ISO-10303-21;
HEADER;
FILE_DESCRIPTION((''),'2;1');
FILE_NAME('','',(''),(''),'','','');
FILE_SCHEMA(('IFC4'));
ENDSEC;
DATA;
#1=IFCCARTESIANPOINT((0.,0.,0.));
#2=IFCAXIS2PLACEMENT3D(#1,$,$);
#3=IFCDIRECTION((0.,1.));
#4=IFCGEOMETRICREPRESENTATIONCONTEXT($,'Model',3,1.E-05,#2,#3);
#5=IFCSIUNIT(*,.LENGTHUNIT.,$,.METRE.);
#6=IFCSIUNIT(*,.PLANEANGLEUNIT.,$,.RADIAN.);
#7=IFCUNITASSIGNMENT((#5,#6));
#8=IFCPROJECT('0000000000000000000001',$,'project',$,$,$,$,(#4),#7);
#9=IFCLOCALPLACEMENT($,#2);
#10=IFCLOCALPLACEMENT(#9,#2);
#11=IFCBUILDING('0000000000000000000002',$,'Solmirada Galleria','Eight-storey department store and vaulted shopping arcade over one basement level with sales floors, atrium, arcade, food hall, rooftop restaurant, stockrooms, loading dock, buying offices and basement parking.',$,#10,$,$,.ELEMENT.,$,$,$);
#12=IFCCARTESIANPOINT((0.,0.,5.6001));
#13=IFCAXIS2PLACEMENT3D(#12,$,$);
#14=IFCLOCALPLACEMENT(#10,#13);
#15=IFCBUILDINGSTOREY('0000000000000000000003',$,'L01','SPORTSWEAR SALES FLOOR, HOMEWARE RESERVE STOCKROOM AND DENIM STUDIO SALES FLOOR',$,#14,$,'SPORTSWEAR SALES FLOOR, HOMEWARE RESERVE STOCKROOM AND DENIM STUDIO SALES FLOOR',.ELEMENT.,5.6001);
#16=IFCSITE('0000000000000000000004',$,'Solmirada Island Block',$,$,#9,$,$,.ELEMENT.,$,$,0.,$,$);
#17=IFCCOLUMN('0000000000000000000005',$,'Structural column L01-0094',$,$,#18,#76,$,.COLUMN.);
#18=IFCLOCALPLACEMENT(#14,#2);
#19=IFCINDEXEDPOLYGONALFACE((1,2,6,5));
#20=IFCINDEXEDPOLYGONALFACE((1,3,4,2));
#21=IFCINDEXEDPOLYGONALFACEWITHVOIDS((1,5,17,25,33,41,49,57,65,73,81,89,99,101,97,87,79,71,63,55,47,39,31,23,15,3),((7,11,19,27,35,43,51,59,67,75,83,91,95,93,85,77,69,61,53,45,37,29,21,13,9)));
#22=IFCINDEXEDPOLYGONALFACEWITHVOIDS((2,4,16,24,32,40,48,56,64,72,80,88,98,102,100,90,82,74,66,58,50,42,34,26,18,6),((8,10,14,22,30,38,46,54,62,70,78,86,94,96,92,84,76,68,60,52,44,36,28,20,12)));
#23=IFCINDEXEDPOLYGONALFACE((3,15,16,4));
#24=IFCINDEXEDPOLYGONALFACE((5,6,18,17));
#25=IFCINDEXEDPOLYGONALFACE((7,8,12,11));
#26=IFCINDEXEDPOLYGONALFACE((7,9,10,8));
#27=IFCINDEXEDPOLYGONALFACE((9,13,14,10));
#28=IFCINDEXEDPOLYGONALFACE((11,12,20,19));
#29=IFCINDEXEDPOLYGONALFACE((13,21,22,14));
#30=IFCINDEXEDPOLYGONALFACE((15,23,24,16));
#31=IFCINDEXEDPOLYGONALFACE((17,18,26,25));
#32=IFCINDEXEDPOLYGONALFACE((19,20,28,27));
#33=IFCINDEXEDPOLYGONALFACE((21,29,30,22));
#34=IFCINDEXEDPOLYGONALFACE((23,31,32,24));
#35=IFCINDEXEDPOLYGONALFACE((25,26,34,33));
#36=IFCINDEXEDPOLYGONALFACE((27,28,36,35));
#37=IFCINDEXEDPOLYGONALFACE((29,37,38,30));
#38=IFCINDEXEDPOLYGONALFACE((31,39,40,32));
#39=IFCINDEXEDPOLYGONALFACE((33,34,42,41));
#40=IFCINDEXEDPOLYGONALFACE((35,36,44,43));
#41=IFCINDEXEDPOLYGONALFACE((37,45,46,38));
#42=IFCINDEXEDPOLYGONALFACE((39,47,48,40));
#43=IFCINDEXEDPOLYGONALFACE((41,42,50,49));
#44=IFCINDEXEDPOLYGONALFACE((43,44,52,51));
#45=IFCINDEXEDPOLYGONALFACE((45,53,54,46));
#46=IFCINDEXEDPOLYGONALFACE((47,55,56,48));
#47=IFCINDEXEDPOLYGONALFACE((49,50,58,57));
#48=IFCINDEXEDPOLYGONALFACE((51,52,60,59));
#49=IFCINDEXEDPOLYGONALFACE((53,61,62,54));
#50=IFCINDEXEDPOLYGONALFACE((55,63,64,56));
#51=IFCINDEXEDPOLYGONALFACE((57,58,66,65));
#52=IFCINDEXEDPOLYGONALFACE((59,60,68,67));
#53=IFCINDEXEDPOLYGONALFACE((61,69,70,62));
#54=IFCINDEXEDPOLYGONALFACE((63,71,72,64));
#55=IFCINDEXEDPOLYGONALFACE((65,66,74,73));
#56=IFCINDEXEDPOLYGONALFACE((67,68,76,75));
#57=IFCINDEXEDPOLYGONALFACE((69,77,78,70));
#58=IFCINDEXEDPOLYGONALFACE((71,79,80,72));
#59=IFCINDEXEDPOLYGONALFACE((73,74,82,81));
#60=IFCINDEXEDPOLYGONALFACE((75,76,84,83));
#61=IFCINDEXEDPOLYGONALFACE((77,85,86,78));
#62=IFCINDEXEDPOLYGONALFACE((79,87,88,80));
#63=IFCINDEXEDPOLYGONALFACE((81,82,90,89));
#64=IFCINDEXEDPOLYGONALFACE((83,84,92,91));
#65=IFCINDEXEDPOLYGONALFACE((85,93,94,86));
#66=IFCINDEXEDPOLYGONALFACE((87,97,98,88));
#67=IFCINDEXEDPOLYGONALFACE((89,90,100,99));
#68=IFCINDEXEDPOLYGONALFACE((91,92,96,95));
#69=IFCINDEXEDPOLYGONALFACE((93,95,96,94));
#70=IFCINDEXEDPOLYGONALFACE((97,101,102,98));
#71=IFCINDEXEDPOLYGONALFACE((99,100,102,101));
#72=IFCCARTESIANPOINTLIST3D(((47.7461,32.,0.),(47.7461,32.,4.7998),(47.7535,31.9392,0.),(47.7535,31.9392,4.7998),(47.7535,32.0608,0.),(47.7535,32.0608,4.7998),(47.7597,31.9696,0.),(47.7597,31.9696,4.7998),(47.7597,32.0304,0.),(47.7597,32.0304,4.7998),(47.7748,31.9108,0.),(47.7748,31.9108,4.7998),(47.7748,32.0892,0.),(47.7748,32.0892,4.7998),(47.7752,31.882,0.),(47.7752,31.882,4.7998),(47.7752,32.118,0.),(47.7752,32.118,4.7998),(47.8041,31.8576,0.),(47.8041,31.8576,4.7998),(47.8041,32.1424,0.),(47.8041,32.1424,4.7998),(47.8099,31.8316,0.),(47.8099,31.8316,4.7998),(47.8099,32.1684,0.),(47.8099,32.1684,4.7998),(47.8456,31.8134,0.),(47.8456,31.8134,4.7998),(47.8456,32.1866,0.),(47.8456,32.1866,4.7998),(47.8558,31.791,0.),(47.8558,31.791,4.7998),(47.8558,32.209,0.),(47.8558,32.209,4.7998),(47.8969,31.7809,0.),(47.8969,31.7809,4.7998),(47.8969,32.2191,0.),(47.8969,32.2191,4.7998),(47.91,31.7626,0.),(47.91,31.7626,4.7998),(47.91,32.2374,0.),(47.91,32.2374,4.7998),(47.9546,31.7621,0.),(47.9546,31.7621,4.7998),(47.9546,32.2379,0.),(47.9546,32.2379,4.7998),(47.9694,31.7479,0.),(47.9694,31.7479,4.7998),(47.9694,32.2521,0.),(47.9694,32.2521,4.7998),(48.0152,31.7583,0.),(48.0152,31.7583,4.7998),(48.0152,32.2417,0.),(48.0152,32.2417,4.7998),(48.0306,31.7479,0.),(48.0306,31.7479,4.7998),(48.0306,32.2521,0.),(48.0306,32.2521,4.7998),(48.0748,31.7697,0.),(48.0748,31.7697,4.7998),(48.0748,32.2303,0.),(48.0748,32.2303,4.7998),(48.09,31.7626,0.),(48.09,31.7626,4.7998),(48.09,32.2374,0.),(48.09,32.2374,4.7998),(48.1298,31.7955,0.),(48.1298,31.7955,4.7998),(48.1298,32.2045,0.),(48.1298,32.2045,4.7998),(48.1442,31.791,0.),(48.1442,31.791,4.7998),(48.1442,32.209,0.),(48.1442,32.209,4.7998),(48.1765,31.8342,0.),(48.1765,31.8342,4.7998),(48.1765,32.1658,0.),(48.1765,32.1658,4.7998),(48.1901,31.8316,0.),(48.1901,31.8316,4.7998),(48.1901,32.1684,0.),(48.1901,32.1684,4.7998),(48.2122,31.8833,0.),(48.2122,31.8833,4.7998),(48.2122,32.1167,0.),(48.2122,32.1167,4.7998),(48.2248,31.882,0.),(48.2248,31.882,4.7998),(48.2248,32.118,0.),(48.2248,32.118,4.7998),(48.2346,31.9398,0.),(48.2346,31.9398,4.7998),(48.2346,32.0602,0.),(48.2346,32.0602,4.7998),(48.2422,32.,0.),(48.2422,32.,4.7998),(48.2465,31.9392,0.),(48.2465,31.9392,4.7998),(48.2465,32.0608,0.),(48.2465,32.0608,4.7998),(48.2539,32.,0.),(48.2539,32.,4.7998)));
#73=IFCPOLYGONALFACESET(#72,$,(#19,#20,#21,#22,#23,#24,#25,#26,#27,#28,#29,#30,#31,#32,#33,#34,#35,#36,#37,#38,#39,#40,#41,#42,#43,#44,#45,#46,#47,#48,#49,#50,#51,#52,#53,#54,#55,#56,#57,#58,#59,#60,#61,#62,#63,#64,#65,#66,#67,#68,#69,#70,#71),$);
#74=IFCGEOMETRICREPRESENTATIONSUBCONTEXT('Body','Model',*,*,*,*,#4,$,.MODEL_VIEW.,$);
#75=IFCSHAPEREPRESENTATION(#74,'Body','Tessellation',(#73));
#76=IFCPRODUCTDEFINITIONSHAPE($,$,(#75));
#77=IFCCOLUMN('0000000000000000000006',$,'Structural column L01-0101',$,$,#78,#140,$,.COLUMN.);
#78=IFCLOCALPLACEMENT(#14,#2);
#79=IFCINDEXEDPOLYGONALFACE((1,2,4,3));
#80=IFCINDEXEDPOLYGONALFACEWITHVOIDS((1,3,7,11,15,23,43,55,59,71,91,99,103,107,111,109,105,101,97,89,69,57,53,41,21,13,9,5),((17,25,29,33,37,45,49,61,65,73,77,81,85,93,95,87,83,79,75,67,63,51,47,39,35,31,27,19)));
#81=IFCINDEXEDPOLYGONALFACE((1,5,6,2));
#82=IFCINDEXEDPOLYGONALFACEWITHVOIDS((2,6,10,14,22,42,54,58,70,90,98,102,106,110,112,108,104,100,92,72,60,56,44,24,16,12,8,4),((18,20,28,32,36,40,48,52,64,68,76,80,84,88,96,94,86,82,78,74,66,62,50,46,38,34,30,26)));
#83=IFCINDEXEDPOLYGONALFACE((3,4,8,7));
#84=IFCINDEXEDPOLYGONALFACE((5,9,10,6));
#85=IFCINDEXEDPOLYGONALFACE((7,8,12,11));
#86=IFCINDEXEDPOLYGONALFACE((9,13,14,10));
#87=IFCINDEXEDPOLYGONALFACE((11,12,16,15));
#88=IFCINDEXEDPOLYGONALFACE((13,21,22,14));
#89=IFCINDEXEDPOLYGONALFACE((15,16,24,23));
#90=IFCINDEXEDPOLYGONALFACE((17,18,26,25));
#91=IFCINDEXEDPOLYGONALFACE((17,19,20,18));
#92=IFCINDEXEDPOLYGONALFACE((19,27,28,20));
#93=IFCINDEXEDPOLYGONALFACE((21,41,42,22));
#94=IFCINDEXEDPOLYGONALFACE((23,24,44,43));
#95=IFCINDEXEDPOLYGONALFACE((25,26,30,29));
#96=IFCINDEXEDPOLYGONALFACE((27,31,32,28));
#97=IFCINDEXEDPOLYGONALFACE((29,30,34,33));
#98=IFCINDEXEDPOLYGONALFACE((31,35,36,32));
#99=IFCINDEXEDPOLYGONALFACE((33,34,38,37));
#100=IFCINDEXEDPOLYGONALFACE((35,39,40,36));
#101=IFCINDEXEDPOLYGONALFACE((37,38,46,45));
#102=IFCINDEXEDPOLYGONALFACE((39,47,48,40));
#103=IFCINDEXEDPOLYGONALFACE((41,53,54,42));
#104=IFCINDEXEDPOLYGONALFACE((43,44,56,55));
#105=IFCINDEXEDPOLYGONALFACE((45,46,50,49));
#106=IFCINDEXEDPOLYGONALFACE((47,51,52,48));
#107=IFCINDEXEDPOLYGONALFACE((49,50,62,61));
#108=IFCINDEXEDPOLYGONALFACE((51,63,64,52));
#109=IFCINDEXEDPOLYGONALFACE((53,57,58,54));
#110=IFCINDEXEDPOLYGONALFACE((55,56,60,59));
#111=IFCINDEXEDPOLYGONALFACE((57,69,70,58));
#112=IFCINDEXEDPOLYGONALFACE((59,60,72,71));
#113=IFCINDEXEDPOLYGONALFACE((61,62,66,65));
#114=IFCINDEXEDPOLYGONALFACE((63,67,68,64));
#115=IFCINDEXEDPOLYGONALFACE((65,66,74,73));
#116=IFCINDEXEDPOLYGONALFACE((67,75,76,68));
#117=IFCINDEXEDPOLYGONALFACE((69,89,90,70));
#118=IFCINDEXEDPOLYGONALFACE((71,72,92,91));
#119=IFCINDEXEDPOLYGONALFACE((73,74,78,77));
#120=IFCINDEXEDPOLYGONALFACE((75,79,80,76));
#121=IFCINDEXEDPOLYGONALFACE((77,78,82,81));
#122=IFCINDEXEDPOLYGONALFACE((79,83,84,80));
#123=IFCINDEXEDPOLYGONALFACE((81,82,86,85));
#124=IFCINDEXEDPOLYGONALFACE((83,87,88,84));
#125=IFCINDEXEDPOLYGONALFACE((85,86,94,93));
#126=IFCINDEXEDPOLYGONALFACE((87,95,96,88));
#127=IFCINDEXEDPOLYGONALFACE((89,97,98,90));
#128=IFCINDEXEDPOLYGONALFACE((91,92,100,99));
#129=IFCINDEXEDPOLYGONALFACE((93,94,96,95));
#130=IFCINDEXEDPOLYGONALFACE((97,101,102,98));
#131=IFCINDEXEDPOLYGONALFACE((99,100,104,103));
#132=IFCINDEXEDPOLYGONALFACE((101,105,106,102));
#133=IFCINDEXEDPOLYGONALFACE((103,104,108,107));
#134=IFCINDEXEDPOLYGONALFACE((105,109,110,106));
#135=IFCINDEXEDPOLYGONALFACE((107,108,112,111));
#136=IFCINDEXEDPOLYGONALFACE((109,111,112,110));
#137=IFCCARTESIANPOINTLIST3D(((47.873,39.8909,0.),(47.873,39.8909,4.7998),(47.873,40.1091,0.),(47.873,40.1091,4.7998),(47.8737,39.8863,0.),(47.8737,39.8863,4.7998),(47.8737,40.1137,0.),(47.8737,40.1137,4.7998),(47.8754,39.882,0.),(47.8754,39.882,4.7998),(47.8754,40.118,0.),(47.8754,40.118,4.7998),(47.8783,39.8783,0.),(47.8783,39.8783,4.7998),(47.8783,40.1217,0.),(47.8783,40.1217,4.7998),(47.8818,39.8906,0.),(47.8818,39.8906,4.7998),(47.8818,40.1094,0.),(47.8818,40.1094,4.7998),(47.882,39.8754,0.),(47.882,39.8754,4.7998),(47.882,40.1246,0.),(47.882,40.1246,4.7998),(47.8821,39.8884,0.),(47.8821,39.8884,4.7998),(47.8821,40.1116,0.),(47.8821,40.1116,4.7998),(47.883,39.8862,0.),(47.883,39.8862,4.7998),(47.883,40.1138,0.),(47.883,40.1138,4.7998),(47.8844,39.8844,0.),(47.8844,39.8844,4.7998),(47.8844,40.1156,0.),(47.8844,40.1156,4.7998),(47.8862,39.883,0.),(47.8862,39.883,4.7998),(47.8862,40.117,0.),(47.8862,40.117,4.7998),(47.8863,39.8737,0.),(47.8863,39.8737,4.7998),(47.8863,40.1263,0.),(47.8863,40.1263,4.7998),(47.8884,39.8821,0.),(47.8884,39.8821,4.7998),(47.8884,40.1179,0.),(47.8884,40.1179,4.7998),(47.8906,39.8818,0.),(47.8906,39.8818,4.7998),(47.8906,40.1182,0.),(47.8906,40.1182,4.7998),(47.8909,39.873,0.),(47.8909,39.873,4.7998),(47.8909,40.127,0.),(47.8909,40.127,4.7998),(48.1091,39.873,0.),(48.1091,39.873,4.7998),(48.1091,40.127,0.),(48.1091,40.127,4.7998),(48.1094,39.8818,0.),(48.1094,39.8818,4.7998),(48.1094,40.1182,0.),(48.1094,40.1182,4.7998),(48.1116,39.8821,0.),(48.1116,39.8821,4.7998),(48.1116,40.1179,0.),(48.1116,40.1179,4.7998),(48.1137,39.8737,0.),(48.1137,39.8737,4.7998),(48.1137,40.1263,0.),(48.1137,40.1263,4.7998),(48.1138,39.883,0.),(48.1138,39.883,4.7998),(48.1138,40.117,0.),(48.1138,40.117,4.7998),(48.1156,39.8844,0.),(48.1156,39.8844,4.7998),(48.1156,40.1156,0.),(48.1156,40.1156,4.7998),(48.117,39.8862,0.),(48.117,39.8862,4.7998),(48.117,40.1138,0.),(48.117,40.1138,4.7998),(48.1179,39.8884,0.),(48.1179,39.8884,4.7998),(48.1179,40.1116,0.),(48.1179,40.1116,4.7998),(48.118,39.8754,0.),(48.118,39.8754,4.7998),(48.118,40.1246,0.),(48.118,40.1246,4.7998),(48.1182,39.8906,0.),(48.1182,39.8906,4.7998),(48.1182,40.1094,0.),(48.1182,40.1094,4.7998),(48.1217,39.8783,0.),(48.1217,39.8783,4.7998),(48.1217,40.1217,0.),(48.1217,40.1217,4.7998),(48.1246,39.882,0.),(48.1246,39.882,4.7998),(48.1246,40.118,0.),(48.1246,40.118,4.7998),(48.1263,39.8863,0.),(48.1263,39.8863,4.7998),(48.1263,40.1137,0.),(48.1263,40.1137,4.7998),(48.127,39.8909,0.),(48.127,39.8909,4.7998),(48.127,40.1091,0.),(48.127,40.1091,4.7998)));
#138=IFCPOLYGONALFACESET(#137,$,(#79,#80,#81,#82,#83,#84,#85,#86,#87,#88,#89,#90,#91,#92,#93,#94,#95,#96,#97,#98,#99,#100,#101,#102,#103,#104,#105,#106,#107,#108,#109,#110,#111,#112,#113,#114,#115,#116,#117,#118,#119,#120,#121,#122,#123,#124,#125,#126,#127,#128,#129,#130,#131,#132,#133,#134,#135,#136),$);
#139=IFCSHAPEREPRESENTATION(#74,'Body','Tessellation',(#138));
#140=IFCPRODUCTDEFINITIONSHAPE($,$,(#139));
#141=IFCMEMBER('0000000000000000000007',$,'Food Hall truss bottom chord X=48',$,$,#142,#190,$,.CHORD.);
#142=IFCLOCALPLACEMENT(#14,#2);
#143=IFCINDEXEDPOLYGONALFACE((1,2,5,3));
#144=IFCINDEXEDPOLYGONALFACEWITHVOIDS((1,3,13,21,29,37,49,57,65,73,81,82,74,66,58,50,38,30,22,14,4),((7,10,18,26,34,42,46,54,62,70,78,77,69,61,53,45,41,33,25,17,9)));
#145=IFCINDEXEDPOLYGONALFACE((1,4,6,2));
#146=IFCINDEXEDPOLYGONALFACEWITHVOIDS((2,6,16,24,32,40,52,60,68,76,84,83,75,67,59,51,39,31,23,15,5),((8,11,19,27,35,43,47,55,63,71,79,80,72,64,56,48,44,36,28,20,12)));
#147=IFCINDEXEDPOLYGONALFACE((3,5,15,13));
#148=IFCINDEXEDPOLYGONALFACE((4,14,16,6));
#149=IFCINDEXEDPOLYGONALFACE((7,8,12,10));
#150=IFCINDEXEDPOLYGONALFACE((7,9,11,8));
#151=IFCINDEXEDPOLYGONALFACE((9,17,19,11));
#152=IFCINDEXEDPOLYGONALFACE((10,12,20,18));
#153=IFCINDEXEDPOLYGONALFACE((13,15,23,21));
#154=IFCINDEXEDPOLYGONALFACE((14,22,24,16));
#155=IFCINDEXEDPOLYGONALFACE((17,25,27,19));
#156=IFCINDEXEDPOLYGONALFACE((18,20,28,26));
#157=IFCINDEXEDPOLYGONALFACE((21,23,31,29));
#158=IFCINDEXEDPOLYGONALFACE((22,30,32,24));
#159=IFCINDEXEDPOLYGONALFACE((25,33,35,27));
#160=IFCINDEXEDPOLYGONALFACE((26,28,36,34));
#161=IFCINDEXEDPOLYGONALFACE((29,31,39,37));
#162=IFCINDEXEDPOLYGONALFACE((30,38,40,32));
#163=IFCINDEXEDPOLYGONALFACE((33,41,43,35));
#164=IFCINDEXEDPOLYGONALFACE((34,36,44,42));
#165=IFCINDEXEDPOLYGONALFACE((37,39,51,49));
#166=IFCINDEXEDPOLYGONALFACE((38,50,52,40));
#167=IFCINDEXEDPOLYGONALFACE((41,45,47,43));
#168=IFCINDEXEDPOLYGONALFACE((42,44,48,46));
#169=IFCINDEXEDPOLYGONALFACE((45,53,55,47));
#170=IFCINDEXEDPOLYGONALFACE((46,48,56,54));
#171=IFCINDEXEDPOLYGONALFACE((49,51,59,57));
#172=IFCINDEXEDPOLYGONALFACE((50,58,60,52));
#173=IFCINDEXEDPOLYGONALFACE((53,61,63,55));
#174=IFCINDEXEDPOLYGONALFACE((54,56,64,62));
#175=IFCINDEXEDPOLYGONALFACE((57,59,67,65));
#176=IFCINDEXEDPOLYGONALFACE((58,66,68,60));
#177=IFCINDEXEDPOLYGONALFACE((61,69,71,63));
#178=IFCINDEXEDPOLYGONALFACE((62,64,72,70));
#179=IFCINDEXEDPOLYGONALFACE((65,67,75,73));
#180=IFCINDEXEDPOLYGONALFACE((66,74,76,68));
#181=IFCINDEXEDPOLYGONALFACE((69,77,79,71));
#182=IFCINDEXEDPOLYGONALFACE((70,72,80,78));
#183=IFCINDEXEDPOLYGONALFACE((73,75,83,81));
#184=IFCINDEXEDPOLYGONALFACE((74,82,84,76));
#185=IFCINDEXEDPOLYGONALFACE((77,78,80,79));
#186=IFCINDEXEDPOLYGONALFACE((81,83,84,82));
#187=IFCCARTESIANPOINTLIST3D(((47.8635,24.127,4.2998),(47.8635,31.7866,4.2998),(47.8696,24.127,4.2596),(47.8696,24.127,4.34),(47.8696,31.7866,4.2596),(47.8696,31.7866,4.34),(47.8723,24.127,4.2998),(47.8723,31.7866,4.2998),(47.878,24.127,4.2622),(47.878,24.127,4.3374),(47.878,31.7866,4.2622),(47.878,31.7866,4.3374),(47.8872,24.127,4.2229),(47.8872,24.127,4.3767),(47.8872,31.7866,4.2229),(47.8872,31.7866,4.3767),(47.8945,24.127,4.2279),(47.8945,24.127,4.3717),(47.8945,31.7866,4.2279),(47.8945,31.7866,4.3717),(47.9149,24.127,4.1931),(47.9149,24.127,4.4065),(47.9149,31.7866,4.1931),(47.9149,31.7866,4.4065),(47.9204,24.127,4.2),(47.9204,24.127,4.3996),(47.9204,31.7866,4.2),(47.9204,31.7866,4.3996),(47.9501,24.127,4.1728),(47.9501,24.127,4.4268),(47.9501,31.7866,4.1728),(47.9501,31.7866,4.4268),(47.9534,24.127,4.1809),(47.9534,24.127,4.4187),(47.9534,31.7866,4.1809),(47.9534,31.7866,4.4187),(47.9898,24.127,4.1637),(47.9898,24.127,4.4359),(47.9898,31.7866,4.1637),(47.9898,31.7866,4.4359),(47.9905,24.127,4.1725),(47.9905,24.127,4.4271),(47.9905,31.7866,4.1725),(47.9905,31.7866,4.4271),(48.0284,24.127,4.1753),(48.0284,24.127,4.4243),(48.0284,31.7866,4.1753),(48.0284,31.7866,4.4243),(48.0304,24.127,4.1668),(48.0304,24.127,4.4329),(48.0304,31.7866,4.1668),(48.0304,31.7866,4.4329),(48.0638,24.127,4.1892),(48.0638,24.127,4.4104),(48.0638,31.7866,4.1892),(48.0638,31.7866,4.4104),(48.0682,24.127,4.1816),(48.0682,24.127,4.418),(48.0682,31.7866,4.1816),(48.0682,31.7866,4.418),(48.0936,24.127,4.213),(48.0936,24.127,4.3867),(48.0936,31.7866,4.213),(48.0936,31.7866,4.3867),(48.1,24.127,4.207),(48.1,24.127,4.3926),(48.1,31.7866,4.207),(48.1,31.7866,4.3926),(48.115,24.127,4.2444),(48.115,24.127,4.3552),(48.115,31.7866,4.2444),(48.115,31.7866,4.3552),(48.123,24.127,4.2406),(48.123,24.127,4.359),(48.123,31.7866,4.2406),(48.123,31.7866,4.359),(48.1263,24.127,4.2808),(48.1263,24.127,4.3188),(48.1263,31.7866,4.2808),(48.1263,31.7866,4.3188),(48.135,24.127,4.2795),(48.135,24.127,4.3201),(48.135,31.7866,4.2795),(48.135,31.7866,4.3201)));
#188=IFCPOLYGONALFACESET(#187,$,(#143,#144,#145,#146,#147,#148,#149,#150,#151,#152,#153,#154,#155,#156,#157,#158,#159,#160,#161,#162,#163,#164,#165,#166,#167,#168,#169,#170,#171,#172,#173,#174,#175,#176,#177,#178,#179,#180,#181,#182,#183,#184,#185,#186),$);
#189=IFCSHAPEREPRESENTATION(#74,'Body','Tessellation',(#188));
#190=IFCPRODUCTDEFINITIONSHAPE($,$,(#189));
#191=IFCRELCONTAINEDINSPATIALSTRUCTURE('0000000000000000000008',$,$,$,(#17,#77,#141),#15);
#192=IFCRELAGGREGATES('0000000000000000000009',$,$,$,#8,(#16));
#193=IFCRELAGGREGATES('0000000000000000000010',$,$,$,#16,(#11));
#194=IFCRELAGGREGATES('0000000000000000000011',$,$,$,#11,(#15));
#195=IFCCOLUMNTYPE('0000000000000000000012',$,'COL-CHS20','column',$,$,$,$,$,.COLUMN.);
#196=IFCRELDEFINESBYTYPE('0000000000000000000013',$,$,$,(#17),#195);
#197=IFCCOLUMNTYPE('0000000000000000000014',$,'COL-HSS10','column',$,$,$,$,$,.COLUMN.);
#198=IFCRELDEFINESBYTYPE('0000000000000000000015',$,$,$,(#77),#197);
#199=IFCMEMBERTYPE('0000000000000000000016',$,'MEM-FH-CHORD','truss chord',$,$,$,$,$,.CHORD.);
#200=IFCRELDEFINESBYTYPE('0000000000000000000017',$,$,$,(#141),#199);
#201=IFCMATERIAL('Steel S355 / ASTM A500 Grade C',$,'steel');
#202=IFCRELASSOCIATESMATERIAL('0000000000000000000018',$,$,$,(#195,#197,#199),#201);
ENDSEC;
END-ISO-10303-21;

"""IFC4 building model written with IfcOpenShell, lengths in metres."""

from ifc_helpers import new_model, si_unit, direction, frame, origin, origin_2d, place, context, subcontext, project, spatial, hollow_rectangle, hollow_circle, extrude, material, material_profile, profile_set, type_object, element, save


model = new_model("IFC4")

# Units and contexts
model_context = context("Model", 3, precision=1e-05, world=origin(), true_north=direction((0.0, 1.0)))
body_context = subcontext(model_context, "Body", "Model", "MODEL_VIEW")
ifc_project = project(units=[si_unit("LENGTHUNIT", "METRE"), si_unit("PLANEANGLEUNIT", "RADIAN")], contexts=[model_context])

# Site, building, storey
site_placement = place(None, origin())
site = spatial("IfcSite", under=ifc_project, at=site_placement, Name="Solmirada Island Block", CompositionType="ELEMENT", RefElevation=0.0)
building_placement = place(site_placement, origin())
building = spatial("IfcBuilding", under=site, at=building_placement, Name="Solmirada Galleria", Description="Eight-storey department store and vaulted shopping arcade over one basement level with sales floors, atrium, arcade, food hall, rooftop restaurant, stockrooms, loading dock, buying offices and basement parking.", CompositionType="ELEMENT")
storey_placement = place(building_placement, frame((0.0, 0.0, 5.6001)))
storey = spatial("IfcBuildingStorey", under=building, at=storey_placement, Name="L01", Description="SPORTSWEAR SALES FLOOR, HOMEWARE RESERVE STOCKROOM AND DENIM STUDIO SALES FLOOR", LongName="SPORTSWEAR SALES FLOOR, HOMEWARE RESERVE STOCKROOM AND DENIM STUDIO SALES FLOOR", CompositionType="ELEMENT", Elevation=5.6001)

# Columns
ifc_material_1 = material(Name="Steel S355 / ASTM A500 Grade C", Category="steel")
ifc_material_profile_1 = material_profile(ifc_material_1, hollow_circle(Radius=0.2539, WallThickness=0.0117, at=origin_2d()), Name="HSS20.000X0.500")
ifc_profile_set_1 = profile_set([ifc_material_profile_1], Name="Steel S355 / ASTM A500 Grade C")
column_type_1 = type_object("IfcColumnType", Name="COL-CHS20", Description="column", PredefinedType="COLUMN", material=ifc_profile_set_1)
column_1_placement = place(storey_placement, frame((48.0, 32.0, 0.0), z_axis=(0.0, 0.0, 1.0), x_axis=(1.0, 0.0, 0.0)))
element("IfcColumn", 1, at=column_1_placement, inside=storey, type_object=column_type_1, Name="Structural column L01-0094", PredefinedType="COLUMN", context=body_context, shape_type="SweptSolid", body=[
    extrude(hollow_circle(Radius=0.2539, WallThickness=0.0117, at=origin_2d()), origin(), (0.0, 0.0, 1.0), 4.7998),
])
ifc_material_profile_2 = material_profile(ifc_material_1, hollow_rectangle(XDim=0.2539, YDim=0.2539, WallThickness=0.0088, InnerFilletRadius=0.0088, OuterFilletRadius=0.0178, at=origin_2d()), Name="HSS10X10X3/8")
ifc_profile_set_2 = profile_set([ifc_material_profile_2], Name="Steel S355 / ASTM A500 Grade C")
column_type_2 = type_object("IfcColumnType", Name="COL-HSS10", Description="column", PredefinedType="COLUMN", material=ifc_profile_set_2)
column_2_placement = place(storey_placement, frame((48.0, 40.0, 0.0), z_axis=(0.0, 0.0, 1.0), x_axis=(1.0, 0.0, 0.0)))
element("IfcColumn", 2, at=column_2_placement, inside=storey, type_object=column_type_2, Name="Structural column L01-0101", PredefinedType="COLUMN", context=body_context, shape_type="SweptSolid", body=[
    extrude(hollow_rectangle(XDim=0.2539, YDim=0.2539, WallThickness=0.0088, InnerFilletRadius=0.0088, OuterFilletRadius=0.0178, at=origin_2d()), origin(), (0.0, 0.0, 1.0), 4.7998),
])

# Member
ifc_material_profile_3 = material_profile(ifc_material_1, hollow_circle(Radius=0.1365, WallThickness=0.0088, at=origin_2d()), Name="HSS10.750X0.375")
ifc_profile_set_3 = profile_set([ifc_material_profile_3], Name="Steel S355 / ASTM A500 Grade C")
member_type_1 = type_object("IfcMemberType", Name="MEM-FH-CHORD", Description="truss chord", PredefinedType="CHORD", material=ifc_profile_set_3)
for number, where, z_axis, x_axis, name in (
    (3, (48.0, 24.127, 4.2998), (0.0, 1.0, 0.0), (-1.0, 0.0, 0.0), "Food Hall truss bottom chord X=48"),
):
    element("IfcMember", number, at=place(storey_placement, frame(where, z_axis=z_axis, x_axis=x_axis)), inside=storey, type_object=member_type_1, Name=name, PredefinedType="CHORD", context=body_context, shape_type="SweptSolid", body=[
        extrude(hollow_circle(Radius=0.1365, WallThickness=0.0088, at=origin_2d()), origin(), (0.0, 0.0, 1.0), 7.6597),
    ])

save(model, "model.ifc")
